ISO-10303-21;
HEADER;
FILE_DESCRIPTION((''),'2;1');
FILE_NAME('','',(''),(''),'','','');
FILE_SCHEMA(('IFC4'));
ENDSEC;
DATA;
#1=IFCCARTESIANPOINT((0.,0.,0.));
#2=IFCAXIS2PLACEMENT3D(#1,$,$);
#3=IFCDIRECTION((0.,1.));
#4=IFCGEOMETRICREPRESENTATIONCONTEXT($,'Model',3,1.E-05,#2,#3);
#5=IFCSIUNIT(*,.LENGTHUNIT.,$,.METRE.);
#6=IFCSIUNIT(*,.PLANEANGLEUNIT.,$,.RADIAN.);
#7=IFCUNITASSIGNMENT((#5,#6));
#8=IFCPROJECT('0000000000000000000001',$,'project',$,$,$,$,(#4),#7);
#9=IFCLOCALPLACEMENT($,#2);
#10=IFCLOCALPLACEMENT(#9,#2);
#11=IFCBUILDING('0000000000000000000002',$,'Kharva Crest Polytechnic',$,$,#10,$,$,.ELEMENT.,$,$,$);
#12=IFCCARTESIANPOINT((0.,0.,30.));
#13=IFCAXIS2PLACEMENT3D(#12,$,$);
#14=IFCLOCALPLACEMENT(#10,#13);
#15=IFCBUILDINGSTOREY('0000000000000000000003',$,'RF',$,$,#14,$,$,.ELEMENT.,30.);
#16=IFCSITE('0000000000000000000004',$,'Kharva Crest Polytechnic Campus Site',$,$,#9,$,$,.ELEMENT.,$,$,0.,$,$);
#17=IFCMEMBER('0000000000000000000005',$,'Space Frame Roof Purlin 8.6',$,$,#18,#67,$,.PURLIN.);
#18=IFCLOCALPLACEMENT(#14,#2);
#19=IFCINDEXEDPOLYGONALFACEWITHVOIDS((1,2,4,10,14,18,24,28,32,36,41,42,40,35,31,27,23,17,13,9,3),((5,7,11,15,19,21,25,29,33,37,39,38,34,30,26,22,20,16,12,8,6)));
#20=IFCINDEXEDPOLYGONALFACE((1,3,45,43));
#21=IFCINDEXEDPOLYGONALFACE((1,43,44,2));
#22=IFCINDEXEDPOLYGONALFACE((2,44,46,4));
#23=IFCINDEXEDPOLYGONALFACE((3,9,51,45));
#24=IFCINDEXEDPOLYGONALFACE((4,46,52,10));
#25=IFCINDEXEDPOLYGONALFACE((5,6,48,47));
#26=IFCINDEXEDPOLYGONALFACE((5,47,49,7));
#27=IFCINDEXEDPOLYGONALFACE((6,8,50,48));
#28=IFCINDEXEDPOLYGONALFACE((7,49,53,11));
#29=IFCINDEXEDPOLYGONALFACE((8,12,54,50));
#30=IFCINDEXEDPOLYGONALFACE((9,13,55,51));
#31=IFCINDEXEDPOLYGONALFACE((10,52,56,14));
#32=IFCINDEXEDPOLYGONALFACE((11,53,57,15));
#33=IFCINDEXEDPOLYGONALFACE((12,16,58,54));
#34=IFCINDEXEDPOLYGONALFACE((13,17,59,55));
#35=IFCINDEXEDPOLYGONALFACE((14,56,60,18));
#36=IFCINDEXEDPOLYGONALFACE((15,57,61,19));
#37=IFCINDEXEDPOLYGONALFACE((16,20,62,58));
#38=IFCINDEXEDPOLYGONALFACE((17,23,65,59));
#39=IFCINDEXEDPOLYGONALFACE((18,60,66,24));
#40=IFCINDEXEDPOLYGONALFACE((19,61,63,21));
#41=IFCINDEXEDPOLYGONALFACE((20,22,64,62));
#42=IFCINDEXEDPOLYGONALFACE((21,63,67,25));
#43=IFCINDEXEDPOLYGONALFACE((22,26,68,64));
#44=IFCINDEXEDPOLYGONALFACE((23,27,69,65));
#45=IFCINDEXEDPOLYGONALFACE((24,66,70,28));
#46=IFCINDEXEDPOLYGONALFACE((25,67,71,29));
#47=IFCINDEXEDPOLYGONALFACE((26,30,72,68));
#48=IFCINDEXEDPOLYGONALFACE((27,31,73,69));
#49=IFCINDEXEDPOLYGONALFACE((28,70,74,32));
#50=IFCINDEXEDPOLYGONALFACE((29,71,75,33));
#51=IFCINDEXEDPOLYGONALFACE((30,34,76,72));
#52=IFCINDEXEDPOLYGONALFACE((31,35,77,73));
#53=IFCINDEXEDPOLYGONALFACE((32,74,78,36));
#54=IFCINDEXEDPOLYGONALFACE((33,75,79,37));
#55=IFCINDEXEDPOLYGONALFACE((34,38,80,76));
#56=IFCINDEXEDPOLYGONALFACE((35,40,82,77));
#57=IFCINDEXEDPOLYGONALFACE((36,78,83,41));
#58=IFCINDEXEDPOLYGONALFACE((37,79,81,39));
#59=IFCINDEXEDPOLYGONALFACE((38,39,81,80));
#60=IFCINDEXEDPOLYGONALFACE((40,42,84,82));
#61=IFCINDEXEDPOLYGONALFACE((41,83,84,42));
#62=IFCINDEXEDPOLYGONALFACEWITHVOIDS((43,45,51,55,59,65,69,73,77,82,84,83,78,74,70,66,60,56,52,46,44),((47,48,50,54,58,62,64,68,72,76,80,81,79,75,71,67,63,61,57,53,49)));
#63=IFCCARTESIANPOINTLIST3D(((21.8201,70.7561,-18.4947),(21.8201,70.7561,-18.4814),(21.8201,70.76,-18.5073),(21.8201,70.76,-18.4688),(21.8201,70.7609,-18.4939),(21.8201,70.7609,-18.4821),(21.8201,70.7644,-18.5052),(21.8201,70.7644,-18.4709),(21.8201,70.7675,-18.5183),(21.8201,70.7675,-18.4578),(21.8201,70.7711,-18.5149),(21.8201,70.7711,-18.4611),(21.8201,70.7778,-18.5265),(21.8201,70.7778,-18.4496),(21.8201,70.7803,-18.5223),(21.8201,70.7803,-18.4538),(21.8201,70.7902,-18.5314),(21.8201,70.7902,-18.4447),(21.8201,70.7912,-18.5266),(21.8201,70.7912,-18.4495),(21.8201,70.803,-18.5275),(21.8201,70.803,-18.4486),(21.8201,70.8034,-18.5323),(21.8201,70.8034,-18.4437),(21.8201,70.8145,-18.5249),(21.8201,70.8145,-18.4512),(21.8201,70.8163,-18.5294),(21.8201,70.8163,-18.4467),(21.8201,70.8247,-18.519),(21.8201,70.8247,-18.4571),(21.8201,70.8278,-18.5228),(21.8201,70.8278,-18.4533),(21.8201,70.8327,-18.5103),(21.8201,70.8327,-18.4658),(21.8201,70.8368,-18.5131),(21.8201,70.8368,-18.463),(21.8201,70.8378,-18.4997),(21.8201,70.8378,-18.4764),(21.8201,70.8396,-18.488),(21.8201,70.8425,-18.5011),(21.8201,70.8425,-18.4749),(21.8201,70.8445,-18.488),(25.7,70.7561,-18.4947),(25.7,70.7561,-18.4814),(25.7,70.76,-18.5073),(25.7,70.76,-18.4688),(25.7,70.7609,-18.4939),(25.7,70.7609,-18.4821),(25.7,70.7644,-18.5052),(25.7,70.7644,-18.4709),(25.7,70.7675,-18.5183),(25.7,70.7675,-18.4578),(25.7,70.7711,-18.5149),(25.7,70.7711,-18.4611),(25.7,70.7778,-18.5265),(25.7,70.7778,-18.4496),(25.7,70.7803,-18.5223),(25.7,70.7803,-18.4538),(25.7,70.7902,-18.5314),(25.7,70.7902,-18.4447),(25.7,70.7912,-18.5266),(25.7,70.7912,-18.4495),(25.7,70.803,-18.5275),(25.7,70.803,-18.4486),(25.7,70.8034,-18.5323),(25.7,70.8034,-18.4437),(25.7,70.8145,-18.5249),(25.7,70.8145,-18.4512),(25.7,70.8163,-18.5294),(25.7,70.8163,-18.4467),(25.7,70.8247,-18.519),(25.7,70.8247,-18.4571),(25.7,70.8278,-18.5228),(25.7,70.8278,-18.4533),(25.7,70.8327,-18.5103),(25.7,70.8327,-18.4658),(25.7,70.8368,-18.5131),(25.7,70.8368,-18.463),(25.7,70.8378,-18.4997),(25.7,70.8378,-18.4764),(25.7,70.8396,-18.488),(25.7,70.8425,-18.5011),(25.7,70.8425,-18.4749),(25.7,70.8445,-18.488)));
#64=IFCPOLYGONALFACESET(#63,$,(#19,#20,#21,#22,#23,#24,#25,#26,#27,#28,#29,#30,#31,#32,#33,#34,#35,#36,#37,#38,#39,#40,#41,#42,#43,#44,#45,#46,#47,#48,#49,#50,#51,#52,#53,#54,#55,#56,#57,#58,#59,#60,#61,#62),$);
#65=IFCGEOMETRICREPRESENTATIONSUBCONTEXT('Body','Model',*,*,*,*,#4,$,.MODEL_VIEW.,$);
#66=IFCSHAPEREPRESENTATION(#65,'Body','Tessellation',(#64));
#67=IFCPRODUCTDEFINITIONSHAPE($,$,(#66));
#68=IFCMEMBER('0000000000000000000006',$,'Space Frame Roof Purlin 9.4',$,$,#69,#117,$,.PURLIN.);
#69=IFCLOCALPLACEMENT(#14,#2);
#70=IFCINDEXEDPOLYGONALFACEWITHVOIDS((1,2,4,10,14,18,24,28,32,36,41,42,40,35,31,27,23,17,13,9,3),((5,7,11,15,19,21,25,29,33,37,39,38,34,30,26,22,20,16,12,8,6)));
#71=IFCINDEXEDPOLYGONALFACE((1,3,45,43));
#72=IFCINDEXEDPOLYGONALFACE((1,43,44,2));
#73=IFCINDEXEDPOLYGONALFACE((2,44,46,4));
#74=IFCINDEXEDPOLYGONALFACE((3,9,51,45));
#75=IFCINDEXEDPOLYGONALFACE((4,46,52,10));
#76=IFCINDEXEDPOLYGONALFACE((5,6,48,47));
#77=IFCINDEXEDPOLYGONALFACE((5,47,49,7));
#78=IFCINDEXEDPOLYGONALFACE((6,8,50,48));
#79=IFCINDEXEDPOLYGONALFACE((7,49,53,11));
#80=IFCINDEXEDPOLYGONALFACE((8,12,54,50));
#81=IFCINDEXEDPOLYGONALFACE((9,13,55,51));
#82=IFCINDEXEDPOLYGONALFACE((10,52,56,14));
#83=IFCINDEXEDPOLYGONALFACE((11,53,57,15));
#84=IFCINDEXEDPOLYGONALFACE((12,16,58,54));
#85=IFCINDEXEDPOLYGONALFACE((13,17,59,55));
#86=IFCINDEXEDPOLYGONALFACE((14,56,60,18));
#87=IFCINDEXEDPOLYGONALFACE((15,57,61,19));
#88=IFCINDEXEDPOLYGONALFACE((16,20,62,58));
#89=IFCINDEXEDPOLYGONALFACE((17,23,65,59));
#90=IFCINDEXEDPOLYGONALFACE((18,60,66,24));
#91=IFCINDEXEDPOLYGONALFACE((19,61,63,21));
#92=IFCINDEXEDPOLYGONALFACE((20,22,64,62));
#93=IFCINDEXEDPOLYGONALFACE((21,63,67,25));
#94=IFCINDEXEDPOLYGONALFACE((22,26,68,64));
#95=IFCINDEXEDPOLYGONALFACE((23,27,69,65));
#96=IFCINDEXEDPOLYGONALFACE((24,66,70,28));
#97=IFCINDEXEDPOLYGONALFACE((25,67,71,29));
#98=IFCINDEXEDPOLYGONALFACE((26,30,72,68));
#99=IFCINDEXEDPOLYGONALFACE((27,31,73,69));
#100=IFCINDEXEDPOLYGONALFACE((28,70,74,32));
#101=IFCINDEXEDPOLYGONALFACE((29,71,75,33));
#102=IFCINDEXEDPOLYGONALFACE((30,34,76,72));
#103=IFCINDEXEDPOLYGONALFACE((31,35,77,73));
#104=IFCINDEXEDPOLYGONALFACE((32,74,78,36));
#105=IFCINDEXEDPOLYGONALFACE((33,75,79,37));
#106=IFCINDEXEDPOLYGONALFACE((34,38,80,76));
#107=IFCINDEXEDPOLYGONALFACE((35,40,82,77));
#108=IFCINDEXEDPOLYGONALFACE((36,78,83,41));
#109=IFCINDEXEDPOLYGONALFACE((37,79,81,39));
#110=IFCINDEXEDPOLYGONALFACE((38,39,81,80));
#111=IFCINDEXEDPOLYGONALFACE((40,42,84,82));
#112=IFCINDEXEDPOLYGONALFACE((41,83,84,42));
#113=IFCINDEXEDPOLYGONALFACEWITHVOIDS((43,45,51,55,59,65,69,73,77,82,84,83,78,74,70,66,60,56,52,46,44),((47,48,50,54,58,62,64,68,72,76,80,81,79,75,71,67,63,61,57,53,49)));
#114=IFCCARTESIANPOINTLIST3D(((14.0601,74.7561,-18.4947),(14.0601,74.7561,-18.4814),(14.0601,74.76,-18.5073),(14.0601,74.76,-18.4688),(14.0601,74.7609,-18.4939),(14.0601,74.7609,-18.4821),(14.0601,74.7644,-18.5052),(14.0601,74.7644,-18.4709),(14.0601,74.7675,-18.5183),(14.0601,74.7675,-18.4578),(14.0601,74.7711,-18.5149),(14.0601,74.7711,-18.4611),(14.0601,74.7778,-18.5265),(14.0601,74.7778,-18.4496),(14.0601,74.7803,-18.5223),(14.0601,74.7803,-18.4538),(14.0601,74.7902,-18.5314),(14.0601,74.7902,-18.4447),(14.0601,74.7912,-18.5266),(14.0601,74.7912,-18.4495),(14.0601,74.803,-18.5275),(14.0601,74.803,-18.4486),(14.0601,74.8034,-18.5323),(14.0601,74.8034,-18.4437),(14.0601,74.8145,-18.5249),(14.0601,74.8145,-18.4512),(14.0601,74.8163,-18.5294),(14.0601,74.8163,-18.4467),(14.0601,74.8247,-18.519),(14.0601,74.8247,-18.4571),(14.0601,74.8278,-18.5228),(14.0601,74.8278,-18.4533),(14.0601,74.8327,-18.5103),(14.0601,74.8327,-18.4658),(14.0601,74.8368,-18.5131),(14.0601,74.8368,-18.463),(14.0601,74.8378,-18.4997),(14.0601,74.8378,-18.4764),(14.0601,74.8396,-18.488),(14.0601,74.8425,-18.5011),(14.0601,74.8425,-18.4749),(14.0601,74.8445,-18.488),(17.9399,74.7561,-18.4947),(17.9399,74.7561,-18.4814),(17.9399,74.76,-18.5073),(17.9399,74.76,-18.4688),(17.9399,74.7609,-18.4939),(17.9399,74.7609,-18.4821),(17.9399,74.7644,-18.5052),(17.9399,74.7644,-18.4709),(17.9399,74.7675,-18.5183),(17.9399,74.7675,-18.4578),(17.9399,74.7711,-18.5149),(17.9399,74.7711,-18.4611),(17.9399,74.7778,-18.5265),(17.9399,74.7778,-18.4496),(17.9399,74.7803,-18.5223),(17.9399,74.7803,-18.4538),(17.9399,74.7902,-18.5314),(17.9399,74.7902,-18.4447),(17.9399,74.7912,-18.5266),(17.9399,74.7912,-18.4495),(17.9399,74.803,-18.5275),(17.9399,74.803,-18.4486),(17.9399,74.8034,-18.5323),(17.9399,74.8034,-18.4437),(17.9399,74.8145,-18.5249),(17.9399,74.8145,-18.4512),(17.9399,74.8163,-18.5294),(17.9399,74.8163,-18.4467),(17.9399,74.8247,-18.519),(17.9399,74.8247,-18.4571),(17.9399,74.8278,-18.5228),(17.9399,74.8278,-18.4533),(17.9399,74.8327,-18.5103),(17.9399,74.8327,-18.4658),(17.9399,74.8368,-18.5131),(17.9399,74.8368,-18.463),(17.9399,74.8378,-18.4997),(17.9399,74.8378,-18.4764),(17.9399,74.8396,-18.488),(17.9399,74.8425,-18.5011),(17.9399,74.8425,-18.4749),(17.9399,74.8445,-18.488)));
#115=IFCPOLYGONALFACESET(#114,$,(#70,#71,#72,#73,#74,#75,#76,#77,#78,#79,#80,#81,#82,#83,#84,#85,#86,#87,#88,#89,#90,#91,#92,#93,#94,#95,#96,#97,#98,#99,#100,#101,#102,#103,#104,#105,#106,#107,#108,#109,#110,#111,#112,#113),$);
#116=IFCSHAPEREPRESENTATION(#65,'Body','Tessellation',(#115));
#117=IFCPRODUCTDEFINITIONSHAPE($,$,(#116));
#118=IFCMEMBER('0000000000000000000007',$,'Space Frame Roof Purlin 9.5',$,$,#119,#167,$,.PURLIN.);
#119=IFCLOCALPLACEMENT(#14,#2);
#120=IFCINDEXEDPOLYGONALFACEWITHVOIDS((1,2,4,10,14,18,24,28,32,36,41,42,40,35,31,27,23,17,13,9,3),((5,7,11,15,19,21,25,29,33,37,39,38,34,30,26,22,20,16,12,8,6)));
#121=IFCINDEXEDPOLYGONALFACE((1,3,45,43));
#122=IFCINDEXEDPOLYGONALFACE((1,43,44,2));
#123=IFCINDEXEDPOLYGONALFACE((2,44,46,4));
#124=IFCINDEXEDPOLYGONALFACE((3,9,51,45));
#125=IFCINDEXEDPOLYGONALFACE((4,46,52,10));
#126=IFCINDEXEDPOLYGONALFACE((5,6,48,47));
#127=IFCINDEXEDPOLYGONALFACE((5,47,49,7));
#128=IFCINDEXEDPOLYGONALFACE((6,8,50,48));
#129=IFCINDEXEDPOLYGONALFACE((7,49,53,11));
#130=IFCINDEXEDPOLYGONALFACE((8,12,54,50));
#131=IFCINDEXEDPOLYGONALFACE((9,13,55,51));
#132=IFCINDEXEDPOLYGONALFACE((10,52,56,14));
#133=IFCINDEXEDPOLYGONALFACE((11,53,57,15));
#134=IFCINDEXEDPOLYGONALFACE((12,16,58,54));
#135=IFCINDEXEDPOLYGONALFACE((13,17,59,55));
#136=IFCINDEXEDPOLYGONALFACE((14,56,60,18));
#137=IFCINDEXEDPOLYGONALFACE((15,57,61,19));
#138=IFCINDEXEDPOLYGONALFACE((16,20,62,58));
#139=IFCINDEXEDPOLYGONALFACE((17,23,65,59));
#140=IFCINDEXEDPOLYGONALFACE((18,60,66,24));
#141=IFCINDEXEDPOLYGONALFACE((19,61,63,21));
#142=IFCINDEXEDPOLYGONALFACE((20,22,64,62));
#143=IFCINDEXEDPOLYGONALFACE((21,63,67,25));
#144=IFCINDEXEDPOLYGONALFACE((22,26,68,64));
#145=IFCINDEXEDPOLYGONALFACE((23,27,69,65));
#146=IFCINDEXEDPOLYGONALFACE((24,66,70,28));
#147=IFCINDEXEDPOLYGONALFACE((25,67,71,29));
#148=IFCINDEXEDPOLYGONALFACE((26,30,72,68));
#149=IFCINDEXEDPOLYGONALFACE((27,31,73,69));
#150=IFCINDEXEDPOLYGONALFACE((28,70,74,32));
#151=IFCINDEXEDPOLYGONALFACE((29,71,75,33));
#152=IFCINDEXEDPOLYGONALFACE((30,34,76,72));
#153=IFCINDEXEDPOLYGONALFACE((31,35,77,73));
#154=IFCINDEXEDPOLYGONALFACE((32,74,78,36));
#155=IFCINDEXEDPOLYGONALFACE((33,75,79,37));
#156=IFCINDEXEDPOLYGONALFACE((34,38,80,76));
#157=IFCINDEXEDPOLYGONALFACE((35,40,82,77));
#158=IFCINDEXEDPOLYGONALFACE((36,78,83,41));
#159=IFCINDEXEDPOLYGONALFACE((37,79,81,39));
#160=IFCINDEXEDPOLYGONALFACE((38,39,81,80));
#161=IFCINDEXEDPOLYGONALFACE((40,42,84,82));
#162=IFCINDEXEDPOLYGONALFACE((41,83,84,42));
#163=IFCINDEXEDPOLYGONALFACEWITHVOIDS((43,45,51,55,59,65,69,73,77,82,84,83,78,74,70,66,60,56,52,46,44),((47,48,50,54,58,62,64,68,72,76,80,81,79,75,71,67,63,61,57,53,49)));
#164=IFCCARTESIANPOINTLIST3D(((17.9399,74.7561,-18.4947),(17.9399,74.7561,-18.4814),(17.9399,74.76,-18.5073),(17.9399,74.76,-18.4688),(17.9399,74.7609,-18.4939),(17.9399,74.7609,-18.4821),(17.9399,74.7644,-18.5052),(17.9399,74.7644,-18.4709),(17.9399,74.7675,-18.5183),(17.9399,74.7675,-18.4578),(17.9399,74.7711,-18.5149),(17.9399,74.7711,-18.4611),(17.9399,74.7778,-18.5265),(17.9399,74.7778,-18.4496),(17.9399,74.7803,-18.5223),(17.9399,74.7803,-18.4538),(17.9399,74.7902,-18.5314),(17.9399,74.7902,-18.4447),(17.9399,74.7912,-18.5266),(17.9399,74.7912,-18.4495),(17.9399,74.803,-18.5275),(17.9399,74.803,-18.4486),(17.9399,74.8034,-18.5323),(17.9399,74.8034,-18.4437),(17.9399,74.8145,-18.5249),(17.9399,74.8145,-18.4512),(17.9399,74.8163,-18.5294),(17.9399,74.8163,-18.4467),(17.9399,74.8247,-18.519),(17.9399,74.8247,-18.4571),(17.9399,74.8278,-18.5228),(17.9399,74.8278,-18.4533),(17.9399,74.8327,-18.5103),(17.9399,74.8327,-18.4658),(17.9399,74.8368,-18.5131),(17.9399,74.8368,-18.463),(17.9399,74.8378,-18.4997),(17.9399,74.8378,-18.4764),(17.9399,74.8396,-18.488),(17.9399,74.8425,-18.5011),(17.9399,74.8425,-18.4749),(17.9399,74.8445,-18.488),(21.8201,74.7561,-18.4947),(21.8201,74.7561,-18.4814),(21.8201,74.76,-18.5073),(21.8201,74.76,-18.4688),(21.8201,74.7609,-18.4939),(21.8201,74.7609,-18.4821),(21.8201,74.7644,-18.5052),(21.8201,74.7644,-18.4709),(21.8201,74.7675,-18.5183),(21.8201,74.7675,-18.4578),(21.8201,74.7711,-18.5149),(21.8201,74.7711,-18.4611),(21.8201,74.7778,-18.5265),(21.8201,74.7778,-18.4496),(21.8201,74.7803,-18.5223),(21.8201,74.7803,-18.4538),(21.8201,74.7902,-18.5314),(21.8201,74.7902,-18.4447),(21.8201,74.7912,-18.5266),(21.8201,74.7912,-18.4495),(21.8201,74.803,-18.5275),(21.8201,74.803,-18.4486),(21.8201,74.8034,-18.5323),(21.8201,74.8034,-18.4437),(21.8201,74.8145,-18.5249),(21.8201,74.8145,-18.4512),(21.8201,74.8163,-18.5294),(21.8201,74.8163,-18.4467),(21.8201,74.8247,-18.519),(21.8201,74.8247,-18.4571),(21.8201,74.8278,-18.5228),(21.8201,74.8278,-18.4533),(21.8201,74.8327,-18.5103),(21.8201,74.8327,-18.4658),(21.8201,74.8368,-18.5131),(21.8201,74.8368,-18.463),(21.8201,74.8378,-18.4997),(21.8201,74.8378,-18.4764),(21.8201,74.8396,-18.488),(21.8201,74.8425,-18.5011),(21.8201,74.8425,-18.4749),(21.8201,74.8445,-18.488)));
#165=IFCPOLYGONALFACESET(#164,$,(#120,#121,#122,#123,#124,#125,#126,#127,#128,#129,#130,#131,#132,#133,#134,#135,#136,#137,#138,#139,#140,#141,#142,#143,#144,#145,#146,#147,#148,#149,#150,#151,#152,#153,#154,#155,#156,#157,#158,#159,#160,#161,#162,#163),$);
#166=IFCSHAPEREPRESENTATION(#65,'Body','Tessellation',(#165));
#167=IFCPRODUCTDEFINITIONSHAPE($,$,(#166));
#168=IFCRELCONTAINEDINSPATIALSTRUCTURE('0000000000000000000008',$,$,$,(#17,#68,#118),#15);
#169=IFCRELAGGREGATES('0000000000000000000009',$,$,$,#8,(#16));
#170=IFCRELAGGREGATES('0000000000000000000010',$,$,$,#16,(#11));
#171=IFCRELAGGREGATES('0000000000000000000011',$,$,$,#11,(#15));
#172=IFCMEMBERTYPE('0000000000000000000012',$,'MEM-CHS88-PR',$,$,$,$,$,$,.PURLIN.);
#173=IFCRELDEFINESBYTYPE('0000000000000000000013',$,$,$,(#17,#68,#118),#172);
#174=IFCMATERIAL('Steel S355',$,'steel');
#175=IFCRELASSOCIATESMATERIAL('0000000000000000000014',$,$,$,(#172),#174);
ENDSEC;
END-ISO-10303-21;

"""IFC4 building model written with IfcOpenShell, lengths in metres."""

from ifc_helpers import new_model, si_unit, direction, frame, origin, origin_2d, place, context, subcontext, project, spatial, hollow_circle, extrude, material, material_profile, profile_set, type_object, element, save


model = new_model("IFC4")

# Units and contexts
model_context = context("Model", 3, precision=1e-05, world=origin(), true_north=direction((0.0, 1.0)))
body_context = subcontext(model_context, "Body", "Model", "MODEL_VIEW")
ifc_project = project(units=[si_unit("LENGTHUNIT", "METRE"), si_unit("PLANEANGLEUNIT", "RADIAN")], contexts=[model_context])

# Site, building, storey
site_placement = place(None, origin())
site = spatial("IfcSite", under=ifc_project, at=site_placement, Name="Kharva Crest Polytechnic Campus Site", CompositionType="ELEMENT", RefElevation=0.0)
building_placement = place(site_placement, origin())
building = spatial("IfcBuilding", under=site, at=building_placement, Name="Kharva Crest Polytechnic", CompositionType="ELEMENT")
storey_placement = place(building_placement, frame((0.0, 0.0, 30.0)))
storey = spatial("IfcBuildingStorey", under=building, at=storey_placement, Name="RF", CompositionType="ELEMENT", Elevation=30.0)

# Members
ifc_material = material(Name="Steel S355", Category="steel")
ifc_material_profile = material_profile(ifc_material, hollow_circle(Radius=0.0444, WallThickness=0.0049, at=origin_2d()), Name="CHS 88.9X5.0")
ifc_profile_set = profile_set([ifc_material_profile], Name="Steel S355")
member_type = type_object("IfcMemberType", Name="MEM-CHS88-PR", PredefinedType="PURLIN", material=ifc_profile_set)
for number, where, z_axis, x_axis, name in (
    (1, (21.8201, 70.8, -18.488), (1.0, 0.0, 0.0), (0.0, 1.0, 0.0), "Space Frame Roof Purlin 8.6"),
    (2, (14.0601, 74.8, -18.488), (1.0, 0.0, 0.0), (0.0, 1.0, 0.0), "Space Frame Roof Purlin 9.4"),
):
    element("IfcMember", number, at=place(storey_placement, frame(where, z_axis=z_axis, x_axis=x_axis)), inside=storey, type_object=member_type, Name=name, PredefinedType="PURLIN", context=body_context, shape_type="SweptSolid", body=[
        extrude(hollow_circle(Radius=0.0444, WallThickness=0.0049, at=origin_2d()), origin(), (0.0, 0.0, 1.0), 3.8799),
    ])
member_1_placement = place(storey_placement, frame((17.9399, 74.8, -18.488), z_axis=(1.0, 0.0, 0.0), x_axis=(0.0, 1.0, 0.0)))
element("IfcMember", 3, at=member_1_placement, inside=storey, type_object=member_type, Name="Space Frame Roof Purlin 9.5", PredefinedType="PURLIN", context=body_context, shape_type="SweptSolid", body=[
    extrude(hollow_circle(Radius=0.0444, WallThickness=0.0049, at=origin_2d()), origin(), (0.0, 0.0, 1.0), 3.8801),
])

save(model, "model.ifc")
